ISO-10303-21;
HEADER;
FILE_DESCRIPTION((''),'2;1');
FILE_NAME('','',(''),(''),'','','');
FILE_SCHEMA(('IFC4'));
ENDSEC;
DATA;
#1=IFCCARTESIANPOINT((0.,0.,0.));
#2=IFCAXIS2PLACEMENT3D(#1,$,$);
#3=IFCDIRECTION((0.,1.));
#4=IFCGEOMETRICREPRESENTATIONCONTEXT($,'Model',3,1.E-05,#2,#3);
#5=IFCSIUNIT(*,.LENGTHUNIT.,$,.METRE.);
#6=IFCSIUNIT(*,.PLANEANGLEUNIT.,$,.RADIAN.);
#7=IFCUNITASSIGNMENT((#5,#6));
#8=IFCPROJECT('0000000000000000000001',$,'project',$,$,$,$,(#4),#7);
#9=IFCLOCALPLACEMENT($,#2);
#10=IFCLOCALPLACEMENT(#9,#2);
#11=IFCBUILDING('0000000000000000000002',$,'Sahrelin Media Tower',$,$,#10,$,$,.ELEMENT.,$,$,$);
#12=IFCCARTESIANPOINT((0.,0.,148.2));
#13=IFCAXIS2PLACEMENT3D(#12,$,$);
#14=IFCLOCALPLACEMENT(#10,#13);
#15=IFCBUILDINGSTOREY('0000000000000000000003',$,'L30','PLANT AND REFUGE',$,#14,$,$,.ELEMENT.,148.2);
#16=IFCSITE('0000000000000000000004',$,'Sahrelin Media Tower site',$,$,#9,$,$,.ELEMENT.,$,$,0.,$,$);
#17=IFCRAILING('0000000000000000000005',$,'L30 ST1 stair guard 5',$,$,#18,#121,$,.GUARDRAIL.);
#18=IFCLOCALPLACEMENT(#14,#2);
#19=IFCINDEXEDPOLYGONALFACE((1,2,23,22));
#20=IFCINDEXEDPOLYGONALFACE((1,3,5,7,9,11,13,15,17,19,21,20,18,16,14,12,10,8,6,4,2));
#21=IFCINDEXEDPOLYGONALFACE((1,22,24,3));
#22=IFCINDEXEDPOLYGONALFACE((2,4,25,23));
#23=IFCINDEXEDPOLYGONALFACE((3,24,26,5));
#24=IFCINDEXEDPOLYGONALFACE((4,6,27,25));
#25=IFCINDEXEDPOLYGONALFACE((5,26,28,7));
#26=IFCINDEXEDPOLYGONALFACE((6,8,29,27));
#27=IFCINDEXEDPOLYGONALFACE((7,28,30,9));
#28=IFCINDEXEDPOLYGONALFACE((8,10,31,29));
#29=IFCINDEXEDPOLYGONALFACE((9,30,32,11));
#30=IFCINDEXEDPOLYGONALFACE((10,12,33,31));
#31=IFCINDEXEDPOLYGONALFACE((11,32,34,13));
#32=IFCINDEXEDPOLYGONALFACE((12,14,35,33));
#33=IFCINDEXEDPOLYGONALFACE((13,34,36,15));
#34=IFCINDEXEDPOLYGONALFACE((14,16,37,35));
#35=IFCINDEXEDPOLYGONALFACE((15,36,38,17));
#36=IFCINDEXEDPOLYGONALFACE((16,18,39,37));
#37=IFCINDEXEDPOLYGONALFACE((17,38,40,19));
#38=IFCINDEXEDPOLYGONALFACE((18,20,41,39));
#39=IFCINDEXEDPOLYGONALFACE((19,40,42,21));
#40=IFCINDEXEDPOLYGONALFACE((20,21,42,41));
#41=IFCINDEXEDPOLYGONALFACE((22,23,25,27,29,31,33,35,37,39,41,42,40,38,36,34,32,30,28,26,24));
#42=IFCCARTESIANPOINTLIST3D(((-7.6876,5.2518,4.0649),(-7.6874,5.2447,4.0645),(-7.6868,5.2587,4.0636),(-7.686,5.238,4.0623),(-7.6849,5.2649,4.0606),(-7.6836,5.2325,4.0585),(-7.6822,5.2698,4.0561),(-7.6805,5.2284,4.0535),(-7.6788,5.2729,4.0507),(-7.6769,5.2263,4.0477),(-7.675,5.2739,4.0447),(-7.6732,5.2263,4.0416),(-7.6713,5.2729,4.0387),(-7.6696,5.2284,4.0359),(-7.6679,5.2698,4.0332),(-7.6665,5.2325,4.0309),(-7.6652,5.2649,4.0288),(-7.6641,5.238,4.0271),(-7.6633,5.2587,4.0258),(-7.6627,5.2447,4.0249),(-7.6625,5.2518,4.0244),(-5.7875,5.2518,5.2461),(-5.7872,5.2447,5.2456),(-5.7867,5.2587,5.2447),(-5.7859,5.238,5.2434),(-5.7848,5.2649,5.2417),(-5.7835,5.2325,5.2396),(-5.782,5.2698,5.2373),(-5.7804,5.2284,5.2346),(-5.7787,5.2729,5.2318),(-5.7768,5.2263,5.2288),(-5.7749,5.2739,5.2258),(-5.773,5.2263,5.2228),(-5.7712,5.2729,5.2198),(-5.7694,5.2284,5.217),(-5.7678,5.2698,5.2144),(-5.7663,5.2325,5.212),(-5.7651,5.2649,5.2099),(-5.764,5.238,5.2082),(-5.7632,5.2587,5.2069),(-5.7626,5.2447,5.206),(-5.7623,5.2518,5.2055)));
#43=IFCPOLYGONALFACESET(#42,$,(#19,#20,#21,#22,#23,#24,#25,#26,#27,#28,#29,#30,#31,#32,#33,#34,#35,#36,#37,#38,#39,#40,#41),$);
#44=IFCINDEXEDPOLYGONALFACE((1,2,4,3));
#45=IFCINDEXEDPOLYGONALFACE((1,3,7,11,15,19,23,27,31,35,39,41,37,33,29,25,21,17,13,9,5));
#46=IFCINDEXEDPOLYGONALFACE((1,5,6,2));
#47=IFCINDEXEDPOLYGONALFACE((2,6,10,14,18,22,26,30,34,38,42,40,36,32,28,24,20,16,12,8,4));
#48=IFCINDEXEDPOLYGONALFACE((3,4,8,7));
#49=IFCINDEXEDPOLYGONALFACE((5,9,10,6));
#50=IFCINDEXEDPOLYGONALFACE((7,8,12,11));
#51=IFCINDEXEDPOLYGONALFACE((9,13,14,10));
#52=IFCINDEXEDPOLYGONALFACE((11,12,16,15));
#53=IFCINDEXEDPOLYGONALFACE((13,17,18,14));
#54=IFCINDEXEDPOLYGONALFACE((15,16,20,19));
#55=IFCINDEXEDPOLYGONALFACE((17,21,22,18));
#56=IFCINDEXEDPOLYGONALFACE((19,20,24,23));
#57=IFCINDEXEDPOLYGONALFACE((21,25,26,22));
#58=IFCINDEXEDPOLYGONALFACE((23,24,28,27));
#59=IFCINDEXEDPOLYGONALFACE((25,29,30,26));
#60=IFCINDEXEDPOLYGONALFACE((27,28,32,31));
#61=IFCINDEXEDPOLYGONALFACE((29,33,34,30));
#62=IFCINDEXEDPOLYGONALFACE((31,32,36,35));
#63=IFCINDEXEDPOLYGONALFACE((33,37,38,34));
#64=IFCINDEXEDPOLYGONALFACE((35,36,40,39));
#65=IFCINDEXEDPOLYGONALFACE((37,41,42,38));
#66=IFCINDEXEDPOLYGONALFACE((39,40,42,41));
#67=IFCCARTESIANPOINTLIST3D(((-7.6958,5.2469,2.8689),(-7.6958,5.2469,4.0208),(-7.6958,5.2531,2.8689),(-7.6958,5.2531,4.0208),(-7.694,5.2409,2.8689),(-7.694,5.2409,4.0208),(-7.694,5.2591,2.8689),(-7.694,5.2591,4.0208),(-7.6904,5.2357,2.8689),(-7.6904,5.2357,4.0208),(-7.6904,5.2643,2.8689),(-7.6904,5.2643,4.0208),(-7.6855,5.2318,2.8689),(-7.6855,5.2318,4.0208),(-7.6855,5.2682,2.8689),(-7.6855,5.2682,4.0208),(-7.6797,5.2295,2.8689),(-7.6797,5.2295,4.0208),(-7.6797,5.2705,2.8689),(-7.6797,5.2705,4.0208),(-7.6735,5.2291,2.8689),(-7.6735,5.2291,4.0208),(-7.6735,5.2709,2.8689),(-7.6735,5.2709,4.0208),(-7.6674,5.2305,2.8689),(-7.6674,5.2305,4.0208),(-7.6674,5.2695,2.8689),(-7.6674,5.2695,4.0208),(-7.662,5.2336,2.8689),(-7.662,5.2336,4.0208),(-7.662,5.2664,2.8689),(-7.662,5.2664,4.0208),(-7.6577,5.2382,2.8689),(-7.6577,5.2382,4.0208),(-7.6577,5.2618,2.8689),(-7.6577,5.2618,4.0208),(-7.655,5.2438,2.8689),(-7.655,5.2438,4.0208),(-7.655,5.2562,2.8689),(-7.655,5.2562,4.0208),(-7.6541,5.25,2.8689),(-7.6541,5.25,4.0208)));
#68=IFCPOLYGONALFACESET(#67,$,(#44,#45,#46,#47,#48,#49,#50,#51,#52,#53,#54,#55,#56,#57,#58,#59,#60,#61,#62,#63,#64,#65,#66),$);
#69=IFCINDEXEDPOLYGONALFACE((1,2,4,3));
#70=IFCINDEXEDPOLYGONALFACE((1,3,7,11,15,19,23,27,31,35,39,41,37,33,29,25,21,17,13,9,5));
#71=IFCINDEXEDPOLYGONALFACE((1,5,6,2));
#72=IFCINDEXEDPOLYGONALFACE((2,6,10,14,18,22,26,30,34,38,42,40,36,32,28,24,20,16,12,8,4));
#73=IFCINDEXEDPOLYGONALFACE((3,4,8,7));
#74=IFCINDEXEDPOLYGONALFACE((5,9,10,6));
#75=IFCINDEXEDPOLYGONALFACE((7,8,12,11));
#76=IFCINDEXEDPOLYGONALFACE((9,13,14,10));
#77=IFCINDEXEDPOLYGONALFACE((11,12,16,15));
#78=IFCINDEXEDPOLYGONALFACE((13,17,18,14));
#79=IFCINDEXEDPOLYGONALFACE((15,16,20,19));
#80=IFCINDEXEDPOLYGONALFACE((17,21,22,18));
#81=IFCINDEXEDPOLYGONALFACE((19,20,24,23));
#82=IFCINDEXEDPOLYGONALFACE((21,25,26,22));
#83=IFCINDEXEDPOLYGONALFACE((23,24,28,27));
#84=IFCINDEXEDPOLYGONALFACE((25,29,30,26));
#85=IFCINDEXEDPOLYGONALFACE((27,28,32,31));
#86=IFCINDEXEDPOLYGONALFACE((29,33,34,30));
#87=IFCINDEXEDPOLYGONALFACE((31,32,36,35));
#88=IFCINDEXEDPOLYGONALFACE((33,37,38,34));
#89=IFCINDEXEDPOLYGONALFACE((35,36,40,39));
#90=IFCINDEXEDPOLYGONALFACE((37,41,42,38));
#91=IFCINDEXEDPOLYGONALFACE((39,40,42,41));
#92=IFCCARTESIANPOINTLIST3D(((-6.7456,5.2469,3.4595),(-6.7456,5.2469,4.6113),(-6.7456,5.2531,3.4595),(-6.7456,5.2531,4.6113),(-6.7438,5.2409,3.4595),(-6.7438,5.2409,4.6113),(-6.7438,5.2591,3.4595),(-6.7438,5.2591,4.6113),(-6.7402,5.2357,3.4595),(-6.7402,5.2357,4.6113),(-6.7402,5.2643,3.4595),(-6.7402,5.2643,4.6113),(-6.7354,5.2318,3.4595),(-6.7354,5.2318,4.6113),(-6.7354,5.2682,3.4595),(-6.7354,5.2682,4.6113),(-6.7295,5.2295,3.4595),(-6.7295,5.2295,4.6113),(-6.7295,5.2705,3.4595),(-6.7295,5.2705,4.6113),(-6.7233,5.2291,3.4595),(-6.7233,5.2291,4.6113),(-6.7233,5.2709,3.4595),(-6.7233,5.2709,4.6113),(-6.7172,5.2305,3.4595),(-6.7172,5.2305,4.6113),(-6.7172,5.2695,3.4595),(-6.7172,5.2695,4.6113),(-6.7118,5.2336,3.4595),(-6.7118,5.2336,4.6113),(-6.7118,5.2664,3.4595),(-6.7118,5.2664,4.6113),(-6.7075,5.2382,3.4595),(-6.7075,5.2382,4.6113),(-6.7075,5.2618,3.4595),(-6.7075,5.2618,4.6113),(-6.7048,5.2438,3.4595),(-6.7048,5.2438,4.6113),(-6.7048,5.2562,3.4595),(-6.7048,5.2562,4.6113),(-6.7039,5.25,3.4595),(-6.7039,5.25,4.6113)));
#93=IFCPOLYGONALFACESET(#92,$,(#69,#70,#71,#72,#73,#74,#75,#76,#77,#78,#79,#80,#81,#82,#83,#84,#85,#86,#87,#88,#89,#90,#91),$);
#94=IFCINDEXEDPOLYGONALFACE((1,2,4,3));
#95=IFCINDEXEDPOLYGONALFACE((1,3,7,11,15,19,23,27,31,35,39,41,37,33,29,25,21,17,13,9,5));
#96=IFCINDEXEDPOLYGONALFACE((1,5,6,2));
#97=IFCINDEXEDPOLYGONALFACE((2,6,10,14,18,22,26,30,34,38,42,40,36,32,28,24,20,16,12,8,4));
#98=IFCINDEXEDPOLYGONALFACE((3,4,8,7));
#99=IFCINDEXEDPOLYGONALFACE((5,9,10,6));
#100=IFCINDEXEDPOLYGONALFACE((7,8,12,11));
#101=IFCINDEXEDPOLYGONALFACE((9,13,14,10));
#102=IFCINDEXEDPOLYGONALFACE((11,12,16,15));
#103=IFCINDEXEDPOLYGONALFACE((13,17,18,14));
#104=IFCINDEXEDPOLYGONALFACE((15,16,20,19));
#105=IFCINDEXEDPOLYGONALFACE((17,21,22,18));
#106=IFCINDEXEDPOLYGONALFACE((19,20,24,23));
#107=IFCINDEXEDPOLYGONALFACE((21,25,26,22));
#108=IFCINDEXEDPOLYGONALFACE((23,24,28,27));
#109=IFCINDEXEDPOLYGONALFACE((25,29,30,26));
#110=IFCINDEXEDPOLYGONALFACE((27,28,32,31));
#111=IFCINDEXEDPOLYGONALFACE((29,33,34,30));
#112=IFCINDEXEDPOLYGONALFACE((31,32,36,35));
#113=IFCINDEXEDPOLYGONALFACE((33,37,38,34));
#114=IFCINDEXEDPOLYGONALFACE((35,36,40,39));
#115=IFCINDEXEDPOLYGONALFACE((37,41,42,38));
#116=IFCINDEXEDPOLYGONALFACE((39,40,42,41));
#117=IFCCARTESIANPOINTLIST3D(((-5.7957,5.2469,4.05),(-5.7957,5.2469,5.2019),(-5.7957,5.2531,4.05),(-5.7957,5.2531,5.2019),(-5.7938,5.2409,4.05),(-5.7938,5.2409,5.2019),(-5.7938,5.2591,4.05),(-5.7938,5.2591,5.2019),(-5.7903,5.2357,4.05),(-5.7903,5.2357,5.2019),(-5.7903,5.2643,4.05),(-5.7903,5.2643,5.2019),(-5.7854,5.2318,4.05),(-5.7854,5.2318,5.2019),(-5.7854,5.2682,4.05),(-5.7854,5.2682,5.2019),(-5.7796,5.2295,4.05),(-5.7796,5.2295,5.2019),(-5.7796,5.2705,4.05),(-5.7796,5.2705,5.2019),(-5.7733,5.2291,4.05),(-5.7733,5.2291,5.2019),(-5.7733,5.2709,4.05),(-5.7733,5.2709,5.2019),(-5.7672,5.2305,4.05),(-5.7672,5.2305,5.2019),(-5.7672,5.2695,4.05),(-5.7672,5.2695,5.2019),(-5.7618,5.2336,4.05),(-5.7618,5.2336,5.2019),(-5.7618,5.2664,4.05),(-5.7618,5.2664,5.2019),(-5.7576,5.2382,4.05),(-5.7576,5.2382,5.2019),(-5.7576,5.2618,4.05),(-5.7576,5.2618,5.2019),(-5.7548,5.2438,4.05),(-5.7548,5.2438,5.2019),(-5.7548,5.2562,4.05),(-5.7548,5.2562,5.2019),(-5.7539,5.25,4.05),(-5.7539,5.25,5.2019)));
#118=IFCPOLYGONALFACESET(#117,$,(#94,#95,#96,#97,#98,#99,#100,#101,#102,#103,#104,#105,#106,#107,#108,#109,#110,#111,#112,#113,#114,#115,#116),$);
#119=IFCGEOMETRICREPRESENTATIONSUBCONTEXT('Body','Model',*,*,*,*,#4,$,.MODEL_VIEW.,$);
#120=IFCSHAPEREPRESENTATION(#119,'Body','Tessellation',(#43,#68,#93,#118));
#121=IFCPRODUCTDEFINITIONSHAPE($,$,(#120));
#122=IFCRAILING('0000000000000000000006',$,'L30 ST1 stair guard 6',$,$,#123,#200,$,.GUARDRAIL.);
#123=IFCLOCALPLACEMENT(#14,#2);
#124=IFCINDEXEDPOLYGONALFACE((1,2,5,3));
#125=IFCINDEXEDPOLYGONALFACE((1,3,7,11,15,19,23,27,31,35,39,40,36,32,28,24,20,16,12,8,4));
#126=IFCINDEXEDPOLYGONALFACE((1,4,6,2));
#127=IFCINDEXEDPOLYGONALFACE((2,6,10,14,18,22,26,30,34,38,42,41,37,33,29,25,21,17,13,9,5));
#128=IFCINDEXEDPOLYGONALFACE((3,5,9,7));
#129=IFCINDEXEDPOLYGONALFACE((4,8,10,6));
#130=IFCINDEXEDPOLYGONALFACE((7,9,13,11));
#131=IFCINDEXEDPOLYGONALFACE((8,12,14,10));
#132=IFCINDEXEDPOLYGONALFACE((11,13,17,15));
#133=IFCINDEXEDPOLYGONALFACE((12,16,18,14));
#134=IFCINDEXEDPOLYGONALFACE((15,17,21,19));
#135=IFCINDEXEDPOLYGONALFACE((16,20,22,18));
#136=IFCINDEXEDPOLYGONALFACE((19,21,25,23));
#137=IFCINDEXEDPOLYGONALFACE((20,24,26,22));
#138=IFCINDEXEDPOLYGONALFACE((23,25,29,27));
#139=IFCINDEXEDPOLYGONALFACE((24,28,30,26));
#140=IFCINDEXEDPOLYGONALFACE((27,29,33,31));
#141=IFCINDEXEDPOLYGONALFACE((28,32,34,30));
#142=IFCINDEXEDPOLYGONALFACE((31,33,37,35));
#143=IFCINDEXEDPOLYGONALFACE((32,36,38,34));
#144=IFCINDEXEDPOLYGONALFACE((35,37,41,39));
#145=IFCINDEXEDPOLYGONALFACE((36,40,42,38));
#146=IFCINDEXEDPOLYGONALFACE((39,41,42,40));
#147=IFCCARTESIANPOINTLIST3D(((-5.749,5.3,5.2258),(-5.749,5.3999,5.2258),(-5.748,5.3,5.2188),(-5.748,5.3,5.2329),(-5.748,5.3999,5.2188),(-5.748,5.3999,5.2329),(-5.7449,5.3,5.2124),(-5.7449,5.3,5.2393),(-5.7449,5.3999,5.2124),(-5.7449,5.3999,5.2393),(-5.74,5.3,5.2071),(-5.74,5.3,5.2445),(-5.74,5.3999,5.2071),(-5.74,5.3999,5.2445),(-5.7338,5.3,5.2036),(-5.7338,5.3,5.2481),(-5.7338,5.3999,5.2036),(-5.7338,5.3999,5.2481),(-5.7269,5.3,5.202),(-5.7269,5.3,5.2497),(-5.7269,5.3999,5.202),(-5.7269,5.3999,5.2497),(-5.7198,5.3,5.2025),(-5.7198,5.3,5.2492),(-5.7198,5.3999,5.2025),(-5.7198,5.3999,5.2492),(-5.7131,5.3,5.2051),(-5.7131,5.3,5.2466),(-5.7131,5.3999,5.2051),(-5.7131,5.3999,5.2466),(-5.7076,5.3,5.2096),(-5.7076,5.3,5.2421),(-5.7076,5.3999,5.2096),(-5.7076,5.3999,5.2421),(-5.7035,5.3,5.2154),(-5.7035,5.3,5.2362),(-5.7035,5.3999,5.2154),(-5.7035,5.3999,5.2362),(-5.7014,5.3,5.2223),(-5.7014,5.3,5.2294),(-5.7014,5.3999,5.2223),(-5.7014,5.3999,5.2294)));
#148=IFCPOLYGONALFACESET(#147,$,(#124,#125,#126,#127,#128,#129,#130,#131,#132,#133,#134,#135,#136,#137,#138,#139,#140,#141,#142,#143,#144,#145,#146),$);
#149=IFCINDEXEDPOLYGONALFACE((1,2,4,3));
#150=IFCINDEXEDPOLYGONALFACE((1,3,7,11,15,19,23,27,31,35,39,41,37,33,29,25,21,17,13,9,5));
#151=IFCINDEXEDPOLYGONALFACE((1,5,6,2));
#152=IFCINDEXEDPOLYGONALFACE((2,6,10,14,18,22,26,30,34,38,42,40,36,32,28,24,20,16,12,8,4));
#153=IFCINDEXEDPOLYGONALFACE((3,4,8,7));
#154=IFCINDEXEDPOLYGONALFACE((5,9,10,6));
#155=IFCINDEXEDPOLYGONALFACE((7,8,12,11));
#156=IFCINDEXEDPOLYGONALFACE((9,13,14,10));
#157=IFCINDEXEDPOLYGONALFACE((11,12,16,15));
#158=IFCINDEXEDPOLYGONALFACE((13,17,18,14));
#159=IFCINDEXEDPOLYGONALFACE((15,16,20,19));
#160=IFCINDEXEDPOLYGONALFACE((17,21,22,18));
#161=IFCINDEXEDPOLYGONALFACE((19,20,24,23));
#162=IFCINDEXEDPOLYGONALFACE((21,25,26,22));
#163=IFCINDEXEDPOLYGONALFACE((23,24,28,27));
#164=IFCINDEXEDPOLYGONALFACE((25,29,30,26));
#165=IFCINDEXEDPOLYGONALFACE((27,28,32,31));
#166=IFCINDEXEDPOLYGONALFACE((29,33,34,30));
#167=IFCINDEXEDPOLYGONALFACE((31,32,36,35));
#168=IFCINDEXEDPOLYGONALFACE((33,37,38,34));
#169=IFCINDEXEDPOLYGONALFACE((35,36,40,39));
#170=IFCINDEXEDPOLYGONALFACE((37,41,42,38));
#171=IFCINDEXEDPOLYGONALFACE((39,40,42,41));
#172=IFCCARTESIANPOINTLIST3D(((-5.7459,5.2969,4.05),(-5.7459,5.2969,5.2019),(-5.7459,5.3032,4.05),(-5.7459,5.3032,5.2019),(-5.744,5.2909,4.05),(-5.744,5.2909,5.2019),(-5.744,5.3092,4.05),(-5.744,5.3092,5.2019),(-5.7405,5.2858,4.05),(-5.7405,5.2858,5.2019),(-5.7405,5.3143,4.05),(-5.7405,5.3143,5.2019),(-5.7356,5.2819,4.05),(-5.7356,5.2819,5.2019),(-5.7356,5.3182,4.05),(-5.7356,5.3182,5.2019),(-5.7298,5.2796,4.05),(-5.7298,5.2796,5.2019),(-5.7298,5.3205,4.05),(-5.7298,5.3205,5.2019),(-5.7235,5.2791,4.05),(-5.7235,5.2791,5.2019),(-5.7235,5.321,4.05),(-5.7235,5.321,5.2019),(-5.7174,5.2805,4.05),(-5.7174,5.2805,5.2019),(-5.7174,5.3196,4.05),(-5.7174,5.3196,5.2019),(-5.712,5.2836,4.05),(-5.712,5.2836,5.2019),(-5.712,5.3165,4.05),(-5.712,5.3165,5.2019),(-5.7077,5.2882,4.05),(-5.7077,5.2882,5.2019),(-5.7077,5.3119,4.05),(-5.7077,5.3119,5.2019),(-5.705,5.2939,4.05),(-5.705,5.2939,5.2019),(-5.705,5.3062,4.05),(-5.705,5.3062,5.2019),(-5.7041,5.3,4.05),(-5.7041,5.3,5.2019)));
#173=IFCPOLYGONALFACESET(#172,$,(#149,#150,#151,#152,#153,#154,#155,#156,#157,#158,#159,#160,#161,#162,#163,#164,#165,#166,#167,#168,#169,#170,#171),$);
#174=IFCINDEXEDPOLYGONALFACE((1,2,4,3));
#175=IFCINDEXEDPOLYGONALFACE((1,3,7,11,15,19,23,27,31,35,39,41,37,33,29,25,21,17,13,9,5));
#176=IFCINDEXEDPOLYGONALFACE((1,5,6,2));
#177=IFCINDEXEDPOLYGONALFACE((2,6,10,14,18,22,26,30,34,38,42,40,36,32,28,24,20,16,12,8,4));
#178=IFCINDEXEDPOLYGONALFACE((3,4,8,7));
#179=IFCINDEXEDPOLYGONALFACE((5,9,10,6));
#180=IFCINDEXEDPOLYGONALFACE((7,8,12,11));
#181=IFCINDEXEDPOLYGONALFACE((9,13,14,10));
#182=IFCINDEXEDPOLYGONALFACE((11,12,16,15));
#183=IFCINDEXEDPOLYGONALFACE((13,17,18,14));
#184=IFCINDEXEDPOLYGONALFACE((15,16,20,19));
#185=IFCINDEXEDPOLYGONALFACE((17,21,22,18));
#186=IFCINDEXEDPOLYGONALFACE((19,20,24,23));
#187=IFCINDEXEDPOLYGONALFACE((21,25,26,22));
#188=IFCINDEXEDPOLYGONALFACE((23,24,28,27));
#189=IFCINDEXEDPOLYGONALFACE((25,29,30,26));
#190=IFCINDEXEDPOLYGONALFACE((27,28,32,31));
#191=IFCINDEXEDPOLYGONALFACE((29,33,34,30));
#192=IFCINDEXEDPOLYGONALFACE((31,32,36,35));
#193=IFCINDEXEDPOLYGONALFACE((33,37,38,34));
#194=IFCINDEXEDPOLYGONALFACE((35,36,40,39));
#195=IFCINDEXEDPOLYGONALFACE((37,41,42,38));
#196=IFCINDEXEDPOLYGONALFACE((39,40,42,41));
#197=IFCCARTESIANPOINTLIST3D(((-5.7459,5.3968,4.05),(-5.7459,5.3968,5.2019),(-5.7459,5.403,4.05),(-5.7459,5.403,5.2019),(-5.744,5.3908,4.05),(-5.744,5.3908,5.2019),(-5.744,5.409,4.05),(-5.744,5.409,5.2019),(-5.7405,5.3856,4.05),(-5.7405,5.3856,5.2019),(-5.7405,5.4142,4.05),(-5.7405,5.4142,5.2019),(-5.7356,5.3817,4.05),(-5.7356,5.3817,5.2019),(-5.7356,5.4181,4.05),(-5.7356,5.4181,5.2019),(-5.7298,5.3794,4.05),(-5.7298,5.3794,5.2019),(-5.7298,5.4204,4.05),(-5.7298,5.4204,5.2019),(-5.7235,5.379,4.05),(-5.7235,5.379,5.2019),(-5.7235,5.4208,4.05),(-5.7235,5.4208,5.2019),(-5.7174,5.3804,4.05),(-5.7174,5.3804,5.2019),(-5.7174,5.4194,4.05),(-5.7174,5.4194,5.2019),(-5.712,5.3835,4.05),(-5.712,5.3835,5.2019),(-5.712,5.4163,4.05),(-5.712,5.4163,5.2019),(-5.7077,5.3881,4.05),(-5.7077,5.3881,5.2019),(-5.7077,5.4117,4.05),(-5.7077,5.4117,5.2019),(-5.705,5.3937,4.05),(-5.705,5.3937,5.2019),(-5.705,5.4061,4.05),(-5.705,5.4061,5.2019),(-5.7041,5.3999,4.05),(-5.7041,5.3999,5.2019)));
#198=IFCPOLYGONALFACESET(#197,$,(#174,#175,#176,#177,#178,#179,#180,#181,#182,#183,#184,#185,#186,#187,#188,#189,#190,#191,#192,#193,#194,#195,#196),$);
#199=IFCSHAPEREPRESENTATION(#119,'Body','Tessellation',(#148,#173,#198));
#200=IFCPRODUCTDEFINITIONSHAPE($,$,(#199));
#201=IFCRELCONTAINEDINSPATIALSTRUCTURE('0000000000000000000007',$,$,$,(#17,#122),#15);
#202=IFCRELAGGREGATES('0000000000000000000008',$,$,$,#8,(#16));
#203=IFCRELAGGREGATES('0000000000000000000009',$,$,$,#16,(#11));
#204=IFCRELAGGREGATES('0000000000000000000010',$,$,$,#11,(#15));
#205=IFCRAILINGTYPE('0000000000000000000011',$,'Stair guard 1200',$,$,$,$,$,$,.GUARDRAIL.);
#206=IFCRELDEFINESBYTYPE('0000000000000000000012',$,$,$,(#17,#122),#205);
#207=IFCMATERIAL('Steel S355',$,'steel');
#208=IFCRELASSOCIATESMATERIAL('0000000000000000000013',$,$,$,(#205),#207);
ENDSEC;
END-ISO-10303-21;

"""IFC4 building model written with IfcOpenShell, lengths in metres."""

from ifc_helpers import new_model, si_unit, direction, frame, origin, origin_2d, place, context, subcontext, project, spatial, circle, extrude, material, type_object, element, save


model = new_model("IFC4")

# Units and contexts
model_context = context("Model", 3, precision=1e-05, world=origin(), true_north=direction((0.0, 1.0)))
body_context = subcontext(model_context, "Body", "Model", "MODEL_VIEW")
ifc_project = project(units=[si_unit("LENGTHUNIT", "METRE"), si_unit("PLANEANGLEUNIT", "RADIAN")], contexts=[model_context])

# Site, building, storey
site_placement = place(None, origin())
site = spatial("IfcSite", under=ifc_project, at=site_placement, Name="Sahrelin Media Tower site", CompositionType="ELEMENT", RefElevation=0.0)
building_placement = place(site_placement, origin())
building = spatial("IfcBuilding", under=site, at=building_placement, Name="Sahrelin Media Tower", CompositionType="ELEMENT")
storey_placement = place(building_placement, frame((0.0, 0.0, 148.2)))
storey = spatial("IfcBuildingStorey", under=building, at=storey_placement, Name="L30", Description="PLANT AND REFUGE", CompositionType="ELEMENT", Elevation=148.2)

# Shared definitions
ifc_material_1 = material(Name="Steel S355", Category="steel")

# Railings
railing_type_1 = type_object("IfcRailingType", Name="Stair guard 1200", PredefinedType="GUARDRAIL", material=ifc_material_1)
railing_1_placement = place(storey_placement, frame((-7.675, 5.25, 2.8689)))
element("IfcRailing", 1, at=railing_1_placement, inside=storey, type_object=railing_type_1, Name="L30 ST1 stair guard 5", PredefinedType="GUARDRAIL", context=body_context, shape_type="SweptSolid", body=[
    extrude(circle(Radius=0.0239, at=origin_2d()), frame((0.0, 0.0, 1.1758), z_axis=(0.849289, 0.0, 0.527928), x_axis=(0.0, 1.0, 0.0)), (0.0, 0.0, 1.0), 2.2373),
    extrude(circle(Radius=0.021, at=origin_2d()), origin(), (0.0, 0.0, 1.0), 1.1519),
    extrude(circle(Radius=0.021, at=origin_2d()), frame((0.9502, 0.0, 0.5906)), (0.0, 0.0, 1.0), 1.1519),
    extrude(circle(Radius=0.021, at=origin_2d()), frame((1.9001, 0.0, 1.1812)), (0.0, 0.0, 1.0), 1.1519),
])
railing_2_placement = place(storey_placement, frame((-5.7251, 5.3, 4.05)))
element("IfcRailing", 2, at=railing_2_placement, inside=storey, type_object=railing_type_1, Name="L30 ST1 stair guard 6", PredefinedType="GUARDRAIL", context=body_context, shape_type="SweptSolid", body=[
    extrude(circle(Radius=0.0239, at=origin_2d()), frame((0.0, 0.0, 1.1758), z_axis=(0.0, 1.0, 0.0), x_axis=(-1.0, 0.0, 0.0)), (0.0, 0.0, 1.0), 0.0999),
    extrude(circle(Radius=0.021, at=origin_2d()), origin(), (0.0, 0.0, 1.0), 1.1519),
    extrude(circle(Radius=0.021, at=origin_2d()), frame((0.0, 0.0999, 0.0)), (0.0, 0.0, 1.0), 1.1519),
])

save(model, "model.ifc")
